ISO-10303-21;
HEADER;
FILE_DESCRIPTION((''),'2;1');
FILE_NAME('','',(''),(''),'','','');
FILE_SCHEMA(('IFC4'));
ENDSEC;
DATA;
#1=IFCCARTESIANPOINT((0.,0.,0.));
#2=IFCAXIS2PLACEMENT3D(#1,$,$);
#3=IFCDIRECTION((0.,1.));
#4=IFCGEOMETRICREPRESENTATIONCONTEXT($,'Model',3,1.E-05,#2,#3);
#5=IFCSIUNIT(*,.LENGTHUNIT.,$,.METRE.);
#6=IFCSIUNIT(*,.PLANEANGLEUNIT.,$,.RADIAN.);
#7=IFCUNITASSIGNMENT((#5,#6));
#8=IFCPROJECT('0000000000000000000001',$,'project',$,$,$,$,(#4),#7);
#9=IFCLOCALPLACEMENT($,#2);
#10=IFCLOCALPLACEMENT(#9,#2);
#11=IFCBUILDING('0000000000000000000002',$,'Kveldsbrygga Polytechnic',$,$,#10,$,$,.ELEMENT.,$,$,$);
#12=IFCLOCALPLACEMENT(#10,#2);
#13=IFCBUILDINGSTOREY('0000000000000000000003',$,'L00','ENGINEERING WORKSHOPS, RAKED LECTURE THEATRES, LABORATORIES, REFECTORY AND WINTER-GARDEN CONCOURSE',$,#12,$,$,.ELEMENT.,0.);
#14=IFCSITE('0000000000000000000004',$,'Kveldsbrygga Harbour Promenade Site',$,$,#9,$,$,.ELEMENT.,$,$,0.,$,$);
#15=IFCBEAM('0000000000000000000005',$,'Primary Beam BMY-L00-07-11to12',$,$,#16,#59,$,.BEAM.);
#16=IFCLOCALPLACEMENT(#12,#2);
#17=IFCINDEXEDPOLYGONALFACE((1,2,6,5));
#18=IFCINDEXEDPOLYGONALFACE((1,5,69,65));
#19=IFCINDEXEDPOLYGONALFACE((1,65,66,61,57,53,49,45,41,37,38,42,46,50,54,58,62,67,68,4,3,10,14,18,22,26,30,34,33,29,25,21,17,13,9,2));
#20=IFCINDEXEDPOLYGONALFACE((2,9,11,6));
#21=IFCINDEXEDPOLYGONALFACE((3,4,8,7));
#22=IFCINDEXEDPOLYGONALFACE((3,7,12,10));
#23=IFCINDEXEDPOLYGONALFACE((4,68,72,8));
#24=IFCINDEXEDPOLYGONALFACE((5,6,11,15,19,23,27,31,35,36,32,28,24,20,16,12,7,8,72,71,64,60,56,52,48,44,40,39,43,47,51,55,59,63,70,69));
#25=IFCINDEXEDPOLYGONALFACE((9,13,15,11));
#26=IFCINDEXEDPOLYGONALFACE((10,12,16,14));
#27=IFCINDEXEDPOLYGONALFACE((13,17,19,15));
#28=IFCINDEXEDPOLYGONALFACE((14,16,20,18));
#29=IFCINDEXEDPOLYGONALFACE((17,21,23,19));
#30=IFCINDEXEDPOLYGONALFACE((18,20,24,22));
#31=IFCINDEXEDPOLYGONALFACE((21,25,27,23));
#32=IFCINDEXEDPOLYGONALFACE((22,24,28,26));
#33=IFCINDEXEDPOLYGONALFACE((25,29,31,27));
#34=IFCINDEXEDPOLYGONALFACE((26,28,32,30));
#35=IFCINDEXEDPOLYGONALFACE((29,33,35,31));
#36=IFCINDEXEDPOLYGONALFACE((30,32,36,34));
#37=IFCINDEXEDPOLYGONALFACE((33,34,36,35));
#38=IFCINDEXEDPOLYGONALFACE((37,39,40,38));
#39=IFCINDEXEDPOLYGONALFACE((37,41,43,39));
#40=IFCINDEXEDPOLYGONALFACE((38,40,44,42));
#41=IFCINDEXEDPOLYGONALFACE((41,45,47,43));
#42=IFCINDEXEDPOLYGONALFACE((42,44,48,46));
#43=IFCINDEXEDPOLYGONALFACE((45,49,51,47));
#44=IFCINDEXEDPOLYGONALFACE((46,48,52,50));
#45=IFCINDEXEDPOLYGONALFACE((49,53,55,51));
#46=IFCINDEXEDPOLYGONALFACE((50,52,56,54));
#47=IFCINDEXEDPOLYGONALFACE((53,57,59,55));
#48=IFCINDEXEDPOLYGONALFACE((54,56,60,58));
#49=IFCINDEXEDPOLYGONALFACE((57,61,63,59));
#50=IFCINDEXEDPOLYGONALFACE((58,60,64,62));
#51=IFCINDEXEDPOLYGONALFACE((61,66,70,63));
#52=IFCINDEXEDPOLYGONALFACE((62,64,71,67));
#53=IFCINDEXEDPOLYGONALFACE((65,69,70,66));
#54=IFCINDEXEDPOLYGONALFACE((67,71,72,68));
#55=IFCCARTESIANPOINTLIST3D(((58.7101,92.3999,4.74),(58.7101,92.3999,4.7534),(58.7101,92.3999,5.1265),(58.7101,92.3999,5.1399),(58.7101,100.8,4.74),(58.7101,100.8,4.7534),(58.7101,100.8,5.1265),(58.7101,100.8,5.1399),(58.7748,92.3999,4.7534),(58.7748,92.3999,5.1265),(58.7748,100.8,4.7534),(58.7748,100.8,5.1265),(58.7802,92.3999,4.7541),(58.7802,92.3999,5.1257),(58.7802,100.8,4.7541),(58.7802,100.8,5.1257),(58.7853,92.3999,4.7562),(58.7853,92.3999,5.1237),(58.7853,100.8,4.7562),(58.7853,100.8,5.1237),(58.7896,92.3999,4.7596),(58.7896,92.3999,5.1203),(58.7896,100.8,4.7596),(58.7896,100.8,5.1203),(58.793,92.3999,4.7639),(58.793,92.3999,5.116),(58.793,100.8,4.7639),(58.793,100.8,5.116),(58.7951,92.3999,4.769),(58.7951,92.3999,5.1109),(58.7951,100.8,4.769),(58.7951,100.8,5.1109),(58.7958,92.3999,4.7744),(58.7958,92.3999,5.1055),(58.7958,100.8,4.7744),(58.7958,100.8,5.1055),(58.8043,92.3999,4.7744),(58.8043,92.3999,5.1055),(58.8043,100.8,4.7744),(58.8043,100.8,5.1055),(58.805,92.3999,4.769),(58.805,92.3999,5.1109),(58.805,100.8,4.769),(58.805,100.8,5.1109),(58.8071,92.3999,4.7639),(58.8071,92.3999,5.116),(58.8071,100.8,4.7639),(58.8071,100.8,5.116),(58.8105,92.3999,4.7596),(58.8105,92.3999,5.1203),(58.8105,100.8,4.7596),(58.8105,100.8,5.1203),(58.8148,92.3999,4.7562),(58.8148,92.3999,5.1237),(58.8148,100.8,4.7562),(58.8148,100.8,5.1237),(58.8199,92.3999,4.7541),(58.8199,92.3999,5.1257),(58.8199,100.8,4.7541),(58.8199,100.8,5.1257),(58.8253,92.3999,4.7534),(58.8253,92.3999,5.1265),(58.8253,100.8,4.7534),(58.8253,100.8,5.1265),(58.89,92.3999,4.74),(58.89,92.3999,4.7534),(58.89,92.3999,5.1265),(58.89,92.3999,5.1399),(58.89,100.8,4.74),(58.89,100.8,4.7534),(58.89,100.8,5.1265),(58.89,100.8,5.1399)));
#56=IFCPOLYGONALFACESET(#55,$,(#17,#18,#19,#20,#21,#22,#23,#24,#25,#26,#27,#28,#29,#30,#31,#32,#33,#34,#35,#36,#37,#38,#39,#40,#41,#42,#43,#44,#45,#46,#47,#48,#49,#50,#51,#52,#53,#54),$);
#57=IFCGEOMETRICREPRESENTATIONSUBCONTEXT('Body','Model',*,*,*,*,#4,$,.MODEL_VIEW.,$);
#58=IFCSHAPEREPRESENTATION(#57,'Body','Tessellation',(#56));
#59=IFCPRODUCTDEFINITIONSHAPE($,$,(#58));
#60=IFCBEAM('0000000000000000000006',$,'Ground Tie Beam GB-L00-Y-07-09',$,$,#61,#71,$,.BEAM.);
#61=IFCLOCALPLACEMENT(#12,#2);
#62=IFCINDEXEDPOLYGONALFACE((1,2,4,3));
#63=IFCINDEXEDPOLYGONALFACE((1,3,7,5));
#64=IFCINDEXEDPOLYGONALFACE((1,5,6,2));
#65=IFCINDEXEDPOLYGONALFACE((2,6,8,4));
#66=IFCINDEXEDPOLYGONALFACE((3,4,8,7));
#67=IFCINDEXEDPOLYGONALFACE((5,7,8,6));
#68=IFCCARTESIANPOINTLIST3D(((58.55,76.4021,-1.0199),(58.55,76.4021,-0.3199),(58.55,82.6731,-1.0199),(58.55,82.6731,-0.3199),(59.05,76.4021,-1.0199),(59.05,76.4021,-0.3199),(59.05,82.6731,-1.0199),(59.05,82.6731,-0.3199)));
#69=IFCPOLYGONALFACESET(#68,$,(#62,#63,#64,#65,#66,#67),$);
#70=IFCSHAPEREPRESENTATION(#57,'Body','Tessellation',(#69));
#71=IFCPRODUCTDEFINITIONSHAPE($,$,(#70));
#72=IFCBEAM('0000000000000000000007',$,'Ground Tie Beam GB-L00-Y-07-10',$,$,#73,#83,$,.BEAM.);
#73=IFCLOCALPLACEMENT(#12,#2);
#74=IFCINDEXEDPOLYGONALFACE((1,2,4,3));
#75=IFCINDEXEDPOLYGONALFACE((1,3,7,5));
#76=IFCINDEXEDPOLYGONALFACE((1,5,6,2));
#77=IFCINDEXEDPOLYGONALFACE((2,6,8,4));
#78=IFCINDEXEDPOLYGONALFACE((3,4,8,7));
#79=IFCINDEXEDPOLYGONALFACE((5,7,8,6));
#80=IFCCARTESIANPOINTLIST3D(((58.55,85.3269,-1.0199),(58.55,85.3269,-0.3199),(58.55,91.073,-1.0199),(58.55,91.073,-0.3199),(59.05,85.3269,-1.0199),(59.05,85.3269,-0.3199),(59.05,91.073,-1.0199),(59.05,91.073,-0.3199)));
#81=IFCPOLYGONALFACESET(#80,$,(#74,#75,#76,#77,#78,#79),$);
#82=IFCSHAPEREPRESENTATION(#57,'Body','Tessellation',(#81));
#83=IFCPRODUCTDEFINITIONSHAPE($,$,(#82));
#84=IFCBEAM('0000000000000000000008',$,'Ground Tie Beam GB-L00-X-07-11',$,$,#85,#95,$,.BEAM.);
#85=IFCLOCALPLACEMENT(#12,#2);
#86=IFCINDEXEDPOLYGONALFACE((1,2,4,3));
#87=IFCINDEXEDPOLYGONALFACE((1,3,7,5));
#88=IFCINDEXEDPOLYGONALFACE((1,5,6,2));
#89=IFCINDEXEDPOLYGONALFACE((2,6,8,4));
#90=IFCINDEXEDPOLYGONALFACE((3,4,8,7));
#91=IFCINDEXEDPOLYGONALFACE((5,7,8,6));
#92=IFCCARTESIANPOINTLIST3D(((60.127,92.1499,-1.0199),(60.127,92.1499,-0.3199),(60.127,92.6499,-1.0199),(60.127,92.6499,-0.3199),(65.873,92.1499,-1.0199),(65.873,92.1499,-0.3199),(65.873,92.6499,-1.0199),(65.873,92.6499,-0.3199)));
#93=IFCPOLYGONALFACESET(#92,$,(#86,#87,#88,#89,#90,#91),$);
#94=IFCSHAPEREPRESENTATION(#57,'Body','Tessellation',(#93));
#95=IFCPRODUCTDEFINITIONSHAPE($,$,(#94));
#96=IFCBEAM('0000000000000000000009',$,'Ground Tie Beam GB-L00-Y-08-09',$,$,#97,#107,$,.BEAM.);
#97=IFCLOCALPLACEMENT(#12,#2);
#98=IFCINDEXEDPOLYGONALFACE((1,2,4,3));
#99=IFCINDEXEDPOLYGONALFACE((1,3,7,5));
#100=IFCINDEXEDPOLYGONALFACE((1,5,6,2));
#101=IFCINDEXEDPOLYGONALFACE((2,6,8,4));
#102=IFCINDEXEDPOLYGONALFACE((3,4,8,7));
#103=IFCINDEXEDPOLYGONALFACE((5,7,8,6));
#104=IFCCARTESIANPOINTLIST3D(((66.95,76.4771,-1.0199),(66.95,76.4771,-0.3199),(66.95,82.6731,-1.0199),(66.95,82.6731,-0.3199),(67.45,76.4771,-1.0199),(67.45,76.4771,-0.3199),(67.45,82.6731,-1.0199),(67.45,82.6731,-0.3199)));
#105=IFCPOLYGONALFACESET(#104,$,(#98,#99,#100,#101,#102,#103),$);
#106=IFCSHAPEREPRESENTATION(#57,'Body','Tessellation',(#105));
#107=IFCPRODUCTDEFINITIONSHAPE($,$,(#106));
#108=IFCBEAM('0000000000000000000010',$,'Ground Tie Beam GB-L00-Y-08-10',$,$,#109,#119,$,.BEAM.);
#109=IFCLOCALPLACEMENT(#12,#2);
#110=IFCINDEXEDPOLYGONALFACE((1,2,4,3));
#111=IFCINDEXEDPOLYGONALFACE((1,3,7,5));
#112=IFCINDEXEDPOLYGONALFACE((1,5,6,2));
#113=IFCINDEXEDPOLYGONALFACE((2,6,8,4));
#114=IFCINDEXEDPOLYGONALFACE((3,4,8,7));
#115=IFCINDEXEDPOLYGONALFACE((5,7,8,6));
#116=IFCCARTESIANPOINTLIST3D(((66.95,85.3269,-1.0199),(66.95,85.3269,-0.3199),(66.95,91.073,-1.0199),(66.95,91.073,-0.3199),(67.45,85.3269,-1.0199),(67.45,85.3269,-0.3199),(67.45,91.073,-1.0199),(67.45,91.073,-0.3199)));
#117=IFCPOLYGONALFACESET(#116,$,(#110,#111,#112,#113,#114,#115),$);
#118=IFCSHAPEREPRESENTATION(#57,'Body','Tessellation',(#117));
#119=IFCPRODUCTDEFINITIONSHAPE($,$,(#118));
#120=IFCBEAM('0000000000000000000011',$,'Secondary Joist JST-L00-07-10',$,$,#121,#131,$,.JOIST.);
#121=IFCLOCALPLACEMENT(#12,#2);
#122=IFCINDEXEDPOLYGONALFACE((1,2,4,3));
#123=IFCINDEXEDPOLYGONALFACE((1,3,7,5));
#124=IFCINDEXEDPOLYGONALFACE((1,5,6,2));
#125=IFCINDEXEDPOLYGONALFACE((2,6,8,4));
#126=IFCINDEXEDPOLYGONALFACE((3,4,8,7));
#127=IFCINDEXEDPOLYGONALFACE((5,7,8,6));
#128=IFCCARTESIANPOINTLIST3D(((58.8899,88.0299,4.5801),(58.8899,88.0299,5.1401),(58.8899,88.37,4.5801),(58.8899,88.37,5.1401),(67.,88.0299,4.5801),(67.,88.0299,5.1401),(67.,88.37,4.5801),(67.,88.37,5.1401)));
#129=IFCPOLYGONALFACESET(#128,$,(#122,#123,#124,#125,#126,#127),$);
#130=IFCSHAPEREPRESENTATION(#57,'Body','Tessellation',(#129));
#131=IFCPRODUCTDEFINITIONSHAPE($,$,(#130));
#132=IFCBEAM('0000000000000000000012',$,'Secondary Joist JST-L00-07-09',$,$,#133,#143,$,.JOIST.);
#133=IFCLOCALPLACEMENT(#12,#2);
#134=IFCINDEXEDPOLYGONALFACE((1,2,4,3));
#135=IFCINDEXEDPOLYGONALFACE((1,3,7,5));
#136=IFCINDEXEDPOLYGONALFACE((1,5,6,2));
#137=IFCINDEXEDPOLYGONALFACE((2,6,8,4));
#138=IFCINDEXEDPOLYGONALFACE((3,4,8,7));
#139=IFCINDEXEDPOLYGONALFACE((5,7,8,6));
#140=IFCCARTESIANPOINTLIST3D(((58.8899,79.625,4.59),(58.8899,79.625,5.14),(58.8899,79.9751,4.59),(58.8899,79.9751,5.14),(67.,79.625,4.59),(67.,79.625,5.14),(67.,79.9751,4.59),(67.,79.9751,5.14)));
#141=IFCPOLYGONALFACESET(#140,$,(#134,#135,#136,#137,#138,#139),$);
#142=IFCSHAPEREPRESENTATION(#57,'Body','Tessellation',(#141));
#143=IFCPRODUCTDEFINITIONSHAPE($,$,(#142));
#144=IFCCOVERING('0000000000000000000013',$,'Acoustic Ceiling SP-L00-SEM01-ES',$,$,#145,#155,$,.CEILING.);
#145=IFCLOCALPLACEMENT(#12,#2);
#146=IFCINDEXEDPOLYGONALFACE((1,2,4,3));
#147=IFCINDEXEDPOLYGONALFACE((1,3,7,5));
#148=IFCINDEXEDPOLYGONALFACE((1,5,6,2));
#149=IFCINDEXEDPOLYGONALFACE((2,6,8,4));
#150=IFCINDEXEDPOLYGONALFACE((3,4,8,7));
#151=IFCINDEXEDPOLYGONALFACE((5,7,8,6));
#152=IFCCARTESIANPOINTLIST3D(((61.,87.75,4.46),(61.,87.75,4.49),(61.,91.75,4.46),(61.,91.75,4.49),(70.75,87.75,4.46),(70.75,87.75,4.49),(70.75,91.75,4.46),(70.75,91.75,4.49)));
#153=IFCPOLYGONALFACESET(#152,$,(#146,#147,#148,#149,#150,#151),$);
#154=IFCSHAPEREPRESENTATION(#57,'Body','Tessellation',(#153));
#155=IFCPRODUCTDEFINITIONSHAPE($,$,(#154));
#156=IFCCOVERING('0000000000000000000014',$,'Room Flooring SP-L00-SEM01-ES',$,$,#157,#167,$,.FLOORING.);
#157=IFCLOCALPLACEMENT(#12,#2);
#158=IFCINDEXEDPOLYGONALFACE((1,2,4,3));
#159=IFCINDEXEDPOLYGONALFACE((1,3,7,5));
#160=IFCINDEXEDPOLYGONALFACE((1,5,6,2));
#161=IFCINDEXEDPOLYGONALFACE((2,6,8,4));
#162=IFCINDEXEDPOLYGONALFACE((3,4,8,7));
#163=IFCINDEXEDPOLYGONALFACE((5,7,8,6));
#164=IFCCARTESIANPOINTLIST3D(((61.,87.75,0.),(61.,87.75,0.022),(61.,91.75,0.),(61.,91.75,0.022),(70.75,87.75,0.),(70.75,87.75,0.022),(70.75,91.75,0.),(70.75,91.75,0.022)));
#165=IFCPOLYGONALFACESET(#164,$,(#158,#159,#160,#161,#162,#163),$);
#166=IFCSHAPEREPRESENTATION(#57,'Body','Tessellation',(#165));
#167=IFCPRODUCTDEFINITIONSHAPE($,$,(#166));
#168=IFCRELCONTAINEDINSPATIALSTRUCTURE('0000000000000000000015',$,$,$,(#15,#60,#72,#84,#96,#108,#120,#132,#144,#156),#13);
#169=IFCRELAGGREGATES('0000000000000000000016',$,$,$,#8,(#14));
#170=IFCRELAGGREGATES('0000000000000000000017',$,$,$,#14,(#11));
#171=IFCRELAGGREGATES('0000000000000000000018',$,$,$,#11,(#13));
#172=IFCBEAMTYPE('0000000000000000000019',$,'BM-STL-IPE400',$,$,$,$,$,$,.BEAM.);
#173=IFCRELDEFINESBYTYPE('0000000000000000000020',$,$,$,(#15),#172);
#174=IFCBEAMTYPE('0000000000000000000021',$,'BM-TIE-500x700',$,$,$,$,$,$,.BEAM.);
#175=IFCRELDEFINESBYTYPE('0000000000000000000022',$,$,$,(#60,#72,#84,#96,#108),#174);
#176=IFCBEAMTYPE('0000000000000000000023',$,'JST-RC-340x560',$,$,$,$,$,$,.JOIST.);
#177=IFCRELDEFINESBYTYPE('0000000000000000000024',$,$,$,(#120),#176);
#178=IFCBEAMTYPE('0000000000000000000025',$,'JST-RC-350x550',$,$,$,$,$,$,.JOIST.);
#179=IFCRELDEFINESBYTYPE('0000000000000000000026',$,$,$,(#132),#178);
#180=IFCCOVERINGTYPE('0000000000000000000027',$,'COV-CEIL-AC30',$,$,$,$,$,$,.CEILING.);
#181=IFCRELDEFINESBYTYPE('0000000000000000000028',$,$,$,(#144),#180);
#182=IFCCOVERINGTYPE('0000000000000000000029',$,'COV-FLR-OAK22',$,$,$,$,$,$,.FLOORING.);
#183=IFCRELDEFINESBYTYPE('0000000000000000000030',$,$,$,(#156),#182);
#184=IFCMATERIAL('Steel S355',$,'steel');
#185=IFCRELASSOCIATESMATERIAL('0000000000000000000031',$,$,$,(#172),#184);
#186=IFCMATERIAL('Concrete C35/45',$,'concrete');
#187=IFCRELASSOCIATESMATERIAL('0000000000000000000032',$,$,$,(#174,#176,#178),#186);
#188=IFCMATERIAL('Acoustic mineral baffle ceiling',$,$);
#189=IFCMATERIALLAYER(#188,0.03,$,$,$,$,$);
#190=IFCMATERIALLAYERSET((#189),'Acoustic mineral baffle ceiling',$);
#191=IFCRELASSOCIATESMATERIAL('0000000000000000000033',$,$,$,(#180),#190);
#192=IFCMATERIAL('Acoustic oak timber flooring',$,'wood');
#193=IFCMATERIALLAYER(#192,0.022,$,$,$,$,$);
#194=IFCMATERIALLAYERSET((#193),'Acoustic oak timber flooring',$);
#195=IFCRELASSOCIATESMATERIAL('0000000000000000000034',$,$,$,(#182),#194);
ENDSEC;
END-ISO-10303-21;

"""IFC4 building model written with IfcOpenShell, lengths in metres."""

from ifc_helpers import new_model, si_unit, direction, frame, origin, origin_2d, place, context, subcontext, project, spatial, rectangle, i_section, extrude, material, layer, layer_set, material_profile, profile_set, type_object, element, save


model = new_model("IFC4")

# Units and contexts
model_context = context("Model", 3, precision=1e-05, world=origin(), true_north=direction((0.0, 1.0)))
body_context = subcontext(model_context, "Body", "Model", "MODEL_VIEW")
ifc_project = project(units=[si_unit("LENGTHUNIT", "METRE"), si_unit("PLANEANGLEUNIT", "RADIAN")], contexts=[model_context])

# Site, building, storey
site_placement = place(None, origin())
site = spatial("IfcSite", under=ifc_project, at=site_placement, Name="Kveldsbrygga Harbour Promenade Site", CompositionType="ELEMENT", RefElevation=0.0)
building_placement = place(site_placement, origin())
building = spatial("IfcBuilding", under=site, at=building_placement, Name="Kveldsbrygga Polytechnic", CompositionType="ELEMENT")
storey_placement = place(building_placement, origin())
storey = spatial("IfcBuildingStorey", under=building, at=storey_placement, Name="L00", Description="ENGINEERING WORKSHOPS, RAKED LECTURE THEATRES, LABORATORIES, REFECTORY AND WINTER-GARDEN CONCOURSE", CompositionType="ELEMENT", Elevation=0.0)

# Beams
ifc_material_1 = material(Name="Concrete C35/45", Category="concrete")
ifc_material_2 = material(Name="Steel S355", Category="steel")
ifc_material_profile_1 = material_profile(ifc_material_2, i_section(OverallWidth=0.1799, OverallDepth=0.3999, WebThickness=0.0085, FlangeThickness=0.0134, FilletRadius=0.021, at=origin_2d()), Name="IPE 400")
ifc_profile_set_1 = profile_set([ifc_material_profile_1], Name="Steel S355")
beam_type_1 = type_object("IfcBeamType", Name="BM-STL-IPE400", PredefinedType="BEAM", material=ifc_profile_set_1)
beam_1_placement = place(storey_placement, frame((58.8, 92.3999, 4.9399), z_axis=(0.0, 1.0, 0.0), x_axis=(-1.0, 0.0, 0.0)))
element("IfcBeam", 1, at=beam_1_placement, inside=storey, type_object=beam_type_1, Name="Primary Beam BMY-L00-07-11to12", PredefinedType="BEAM", context=body_context, shape_type="SweptSolid", body=[
    extrude(i_section(OverallWidth=0.1799, OverallDepth=0.3999, WebThickness=0.0085, FlangeThickness=0.0134, FilletRadius=0.021, at=origin_2d()), origin(), (0.0, 0.0, 1.0), 8.4001),
])
ifc_material_profile_2 = material_profile(ifc_material_1, rectangle(XDim=0.5, YDim=0.7, at=origin_2d()), Name="RC 500x700")
ifc_profile_set_2 = profile_set([ifc_material_profile_2], Name="Concrete C35/45")
beam_type_2 = type_object("IfcBeamType", Name="BM-TIE-500x700", PredefinedType="BEAM", material=ifc_profile_set_2)
beam_2_placement = place(storey_placement, frame((58.8, 76.4021, -0.6699), z_axis=(0.0, 1.0, 0.0), x_axis=(-1.0, 0.0, 0.0)))
element("IfcBeam", 2, at=beam_2_placement, inside=storey, type_object=beam_type_2, Name="Ground Tie Beam GB-L00-Y-07-09", PredefinedType="BEAM", context=body_context, shape_type="SweptSolid", body=[
    extrude(rectangle(XDim=0.5, YDim=0.7, at=origin_2d()), origin(), (0.0, 0.0, 1.0), 6.271),
])
for number, where, z_axis, x_axis, name in (
    (3, (58.8, 85.3269, -0.6699), (0.0, 1.0, 0.0), (-1.0, 0.0, 0.0), "Ground Tie Beam GB-L00-Y-07-10"),
    (4, (60.127, 92.3999, -0.6699), (1.0, 0.0, 0.0), (0.0, 1.0, 0.0), "Ground Tie Beam GB-L00-X-07-11"),
):
    element("IfcBeam", number, at=place(storey_placement, frame(where, z_axis=z_axis, x_axis=x_axis)), inside=storey, type_object=beam_type_2, Name=name, PredefinedType="BEAM", context=body_context, shape_type="SweptSolid", body=[
        extrude(rectangle(XDim=0.5, YDim=0.7, at=origin_2d()), origin(), (0.0, 0.0, 1.0), 5.7461),
    ])
beam_3_placement = place(storey_placement, frame((67.2, 76.4771, -0.6699), z_axis=(0.0, 1.0, 0.0), x_axis=(-1.0, 0.0, 0.0)))
element("IfcBeam", 5, at=beam_3_placement, inside=storey, type_object=beam_type_2, Name="Ground Tie Beam GB-L00-Y-08-09", PredefinedType="BEAM", context=body_context, shape_type="SweptSolid", body=[
    extrude(rectangle(XDim=0.5, YDim=0.7, at=origin_2d()), origin(), (0.0, 0.0, 1.0), 6.196),
])
beam_4_placement = place(storey_placement, frame((67.2, 85.3269, -0.6699), z_axis=(0.0, 1.0, 0.0), x_axis=(-1.0, 0.0, 0.0)))
element("IfcBeam", 6, at=beam_4_placement, inside=storey, type_object=beam_type_2, Name="Ground Tie Beam GB-L00-Y-08-10", PredefinedType="BEAM", context=body_context, shape_type="SweptSolid", body=[
    extrude(rectangle(XDim=0.5, YDim=0.7, at=origin_2d()), origin(), (0.0, 0.0, 1.0), 5.7461),
])
ifc_material_profile_3 = material_profile(ifc_material_1, rectangle(XDim=0.3401, YDim=0.5601, at=origin_2d()), Name="RC 340x560")
ifc_profile_set_3 = profile_set([ifc_material_profile_3], Name="Concrete C35/45")
beam_type_3 = type_object("IfcBeamType", Name="JST-RC-340x560", PredefinedType="JOIST", material=ifc_profile_set_3)
beam_5_placement = place(storey_placement, frame((58.8899, 88.2, 4.8601), z_axis=(1.0, 0.0, 0.0), x_axis=(0.0, 1.0, 0.0)))
element("IfcBeam", 7, at=beam_5_placement, inside=storey, type_object=beam_type_3, Name="Secondary Joist JST-L00-07-10", PredefinedType="JOIST", context=body_context, shape_type="SweptSolid", body=[
    extrude(rectangle(XDim=0.3401, YDim=0.5601, at=origin_2d()), origin(), (0.0, 0.0, 1.0), 8.1101),
])
ifc_material_profile_4 = material_profile(ifc_material_1, rectangle(XDim=0.3501, YDim=0.55, at=origin_2d()), Name="RC 350x550")
ifc_profile_set_4 = profile_set([ifc_material_profile_4], Name="Concrete C35/45")
beam_type_4 = type_object("IfcBeamType", Name="JST-RC-350x550", PredefinedType="JOIST", material=ifc_profile_set_4)
beam_6_placement = place(storey_placement, frame((58.8899, 79.8, 4.865), z_axis=(1.0, 0.0, 0.0), x_axis=(0.0, 1.0, 0.0)))
element("IfcBeam", 8, at=beam_6_placement, inside=storey, type_object=beam_type_4, Name="Secondary Joist JST-L00-07-09", PredefinedType="JOIST", context=body_context, shape_type="SweptSolid", body=[
    extrude(rectangle(XDim=0.3501, YDim=0.55, at=origin_2d()), origin(), (0.0, 0.0, 1.0), 8.1101),
])

# Coverings
ifc_material_3 = material(Name="Acoustic mineral baffle ceiling")
ifc_layer_1 = layer(ifc_material_3, 0.03)
ifc_layer_set_1 = layer_set([ifc_layer_1], Name="Acoustic mineral baffle ceiling")
covering_type_1 = type_object("IfcCoveringType", Name="COV-CEIL-AC30", PredefinedType="CEILING", material=ifc_layer_set_1)
covering_1_placement = place(storey_placement, frame((65.875, 89.75, 4.46), z_axis=(0.0, 0.0, 1.0), x_axis=(1.0, 0.0, 0.0)))
element("IfcCovering", 9, at=covering_1_placement, inside=storey, type_object=covering_type_1, Name="Acoustic Ceiling SP-L00-SEM01-ES", PredefinedType="CEILING", context=body_context, shape_type="SweptSolid", body=[
    extrude(rectangle(XDim=9.75, YDim=4.0, at=origin_2d()), origin(), (0.0, 0.0, 1.0), 0.03),
])
ifc_material_4 = material(Name="Acoustic oak timber flooring", Category="wood")
ifc_layer_2 = layer(ifc_material_4, 0.022)
ifc_layer_set_2 = layer_set([ifc_layer_2], Name="Acoustic oak timber flooring")
covering_type_2 = type_object("IfcCoveringType", Name="COV-FLR-OAK22", PredefinedType="FLOORING", material=ifc_layer_set_2)
covering_2_placement = place(storey_placement, frame((65.875, 89.75, 0.0), z_axis=(0.0, 0.0, 1.0), x_axis=(1.0, 0.0, 0.0)))
element("IfcCovering", 10, at=covering_2_placement, inside=storey, type_object=covering_type_2, Name="Room Flooring SP-L00-SEM01-ES", PredefinedType="FLOORING", context=body_context, shape_type="SweptSolid", body=[
    extrude(rectangle(XDim=9.75, YDim=4.0, at=origin_2d()), origin(), (0.0, 0.0, 1.0), 0.022),
])

save(model, "model.ifc")
